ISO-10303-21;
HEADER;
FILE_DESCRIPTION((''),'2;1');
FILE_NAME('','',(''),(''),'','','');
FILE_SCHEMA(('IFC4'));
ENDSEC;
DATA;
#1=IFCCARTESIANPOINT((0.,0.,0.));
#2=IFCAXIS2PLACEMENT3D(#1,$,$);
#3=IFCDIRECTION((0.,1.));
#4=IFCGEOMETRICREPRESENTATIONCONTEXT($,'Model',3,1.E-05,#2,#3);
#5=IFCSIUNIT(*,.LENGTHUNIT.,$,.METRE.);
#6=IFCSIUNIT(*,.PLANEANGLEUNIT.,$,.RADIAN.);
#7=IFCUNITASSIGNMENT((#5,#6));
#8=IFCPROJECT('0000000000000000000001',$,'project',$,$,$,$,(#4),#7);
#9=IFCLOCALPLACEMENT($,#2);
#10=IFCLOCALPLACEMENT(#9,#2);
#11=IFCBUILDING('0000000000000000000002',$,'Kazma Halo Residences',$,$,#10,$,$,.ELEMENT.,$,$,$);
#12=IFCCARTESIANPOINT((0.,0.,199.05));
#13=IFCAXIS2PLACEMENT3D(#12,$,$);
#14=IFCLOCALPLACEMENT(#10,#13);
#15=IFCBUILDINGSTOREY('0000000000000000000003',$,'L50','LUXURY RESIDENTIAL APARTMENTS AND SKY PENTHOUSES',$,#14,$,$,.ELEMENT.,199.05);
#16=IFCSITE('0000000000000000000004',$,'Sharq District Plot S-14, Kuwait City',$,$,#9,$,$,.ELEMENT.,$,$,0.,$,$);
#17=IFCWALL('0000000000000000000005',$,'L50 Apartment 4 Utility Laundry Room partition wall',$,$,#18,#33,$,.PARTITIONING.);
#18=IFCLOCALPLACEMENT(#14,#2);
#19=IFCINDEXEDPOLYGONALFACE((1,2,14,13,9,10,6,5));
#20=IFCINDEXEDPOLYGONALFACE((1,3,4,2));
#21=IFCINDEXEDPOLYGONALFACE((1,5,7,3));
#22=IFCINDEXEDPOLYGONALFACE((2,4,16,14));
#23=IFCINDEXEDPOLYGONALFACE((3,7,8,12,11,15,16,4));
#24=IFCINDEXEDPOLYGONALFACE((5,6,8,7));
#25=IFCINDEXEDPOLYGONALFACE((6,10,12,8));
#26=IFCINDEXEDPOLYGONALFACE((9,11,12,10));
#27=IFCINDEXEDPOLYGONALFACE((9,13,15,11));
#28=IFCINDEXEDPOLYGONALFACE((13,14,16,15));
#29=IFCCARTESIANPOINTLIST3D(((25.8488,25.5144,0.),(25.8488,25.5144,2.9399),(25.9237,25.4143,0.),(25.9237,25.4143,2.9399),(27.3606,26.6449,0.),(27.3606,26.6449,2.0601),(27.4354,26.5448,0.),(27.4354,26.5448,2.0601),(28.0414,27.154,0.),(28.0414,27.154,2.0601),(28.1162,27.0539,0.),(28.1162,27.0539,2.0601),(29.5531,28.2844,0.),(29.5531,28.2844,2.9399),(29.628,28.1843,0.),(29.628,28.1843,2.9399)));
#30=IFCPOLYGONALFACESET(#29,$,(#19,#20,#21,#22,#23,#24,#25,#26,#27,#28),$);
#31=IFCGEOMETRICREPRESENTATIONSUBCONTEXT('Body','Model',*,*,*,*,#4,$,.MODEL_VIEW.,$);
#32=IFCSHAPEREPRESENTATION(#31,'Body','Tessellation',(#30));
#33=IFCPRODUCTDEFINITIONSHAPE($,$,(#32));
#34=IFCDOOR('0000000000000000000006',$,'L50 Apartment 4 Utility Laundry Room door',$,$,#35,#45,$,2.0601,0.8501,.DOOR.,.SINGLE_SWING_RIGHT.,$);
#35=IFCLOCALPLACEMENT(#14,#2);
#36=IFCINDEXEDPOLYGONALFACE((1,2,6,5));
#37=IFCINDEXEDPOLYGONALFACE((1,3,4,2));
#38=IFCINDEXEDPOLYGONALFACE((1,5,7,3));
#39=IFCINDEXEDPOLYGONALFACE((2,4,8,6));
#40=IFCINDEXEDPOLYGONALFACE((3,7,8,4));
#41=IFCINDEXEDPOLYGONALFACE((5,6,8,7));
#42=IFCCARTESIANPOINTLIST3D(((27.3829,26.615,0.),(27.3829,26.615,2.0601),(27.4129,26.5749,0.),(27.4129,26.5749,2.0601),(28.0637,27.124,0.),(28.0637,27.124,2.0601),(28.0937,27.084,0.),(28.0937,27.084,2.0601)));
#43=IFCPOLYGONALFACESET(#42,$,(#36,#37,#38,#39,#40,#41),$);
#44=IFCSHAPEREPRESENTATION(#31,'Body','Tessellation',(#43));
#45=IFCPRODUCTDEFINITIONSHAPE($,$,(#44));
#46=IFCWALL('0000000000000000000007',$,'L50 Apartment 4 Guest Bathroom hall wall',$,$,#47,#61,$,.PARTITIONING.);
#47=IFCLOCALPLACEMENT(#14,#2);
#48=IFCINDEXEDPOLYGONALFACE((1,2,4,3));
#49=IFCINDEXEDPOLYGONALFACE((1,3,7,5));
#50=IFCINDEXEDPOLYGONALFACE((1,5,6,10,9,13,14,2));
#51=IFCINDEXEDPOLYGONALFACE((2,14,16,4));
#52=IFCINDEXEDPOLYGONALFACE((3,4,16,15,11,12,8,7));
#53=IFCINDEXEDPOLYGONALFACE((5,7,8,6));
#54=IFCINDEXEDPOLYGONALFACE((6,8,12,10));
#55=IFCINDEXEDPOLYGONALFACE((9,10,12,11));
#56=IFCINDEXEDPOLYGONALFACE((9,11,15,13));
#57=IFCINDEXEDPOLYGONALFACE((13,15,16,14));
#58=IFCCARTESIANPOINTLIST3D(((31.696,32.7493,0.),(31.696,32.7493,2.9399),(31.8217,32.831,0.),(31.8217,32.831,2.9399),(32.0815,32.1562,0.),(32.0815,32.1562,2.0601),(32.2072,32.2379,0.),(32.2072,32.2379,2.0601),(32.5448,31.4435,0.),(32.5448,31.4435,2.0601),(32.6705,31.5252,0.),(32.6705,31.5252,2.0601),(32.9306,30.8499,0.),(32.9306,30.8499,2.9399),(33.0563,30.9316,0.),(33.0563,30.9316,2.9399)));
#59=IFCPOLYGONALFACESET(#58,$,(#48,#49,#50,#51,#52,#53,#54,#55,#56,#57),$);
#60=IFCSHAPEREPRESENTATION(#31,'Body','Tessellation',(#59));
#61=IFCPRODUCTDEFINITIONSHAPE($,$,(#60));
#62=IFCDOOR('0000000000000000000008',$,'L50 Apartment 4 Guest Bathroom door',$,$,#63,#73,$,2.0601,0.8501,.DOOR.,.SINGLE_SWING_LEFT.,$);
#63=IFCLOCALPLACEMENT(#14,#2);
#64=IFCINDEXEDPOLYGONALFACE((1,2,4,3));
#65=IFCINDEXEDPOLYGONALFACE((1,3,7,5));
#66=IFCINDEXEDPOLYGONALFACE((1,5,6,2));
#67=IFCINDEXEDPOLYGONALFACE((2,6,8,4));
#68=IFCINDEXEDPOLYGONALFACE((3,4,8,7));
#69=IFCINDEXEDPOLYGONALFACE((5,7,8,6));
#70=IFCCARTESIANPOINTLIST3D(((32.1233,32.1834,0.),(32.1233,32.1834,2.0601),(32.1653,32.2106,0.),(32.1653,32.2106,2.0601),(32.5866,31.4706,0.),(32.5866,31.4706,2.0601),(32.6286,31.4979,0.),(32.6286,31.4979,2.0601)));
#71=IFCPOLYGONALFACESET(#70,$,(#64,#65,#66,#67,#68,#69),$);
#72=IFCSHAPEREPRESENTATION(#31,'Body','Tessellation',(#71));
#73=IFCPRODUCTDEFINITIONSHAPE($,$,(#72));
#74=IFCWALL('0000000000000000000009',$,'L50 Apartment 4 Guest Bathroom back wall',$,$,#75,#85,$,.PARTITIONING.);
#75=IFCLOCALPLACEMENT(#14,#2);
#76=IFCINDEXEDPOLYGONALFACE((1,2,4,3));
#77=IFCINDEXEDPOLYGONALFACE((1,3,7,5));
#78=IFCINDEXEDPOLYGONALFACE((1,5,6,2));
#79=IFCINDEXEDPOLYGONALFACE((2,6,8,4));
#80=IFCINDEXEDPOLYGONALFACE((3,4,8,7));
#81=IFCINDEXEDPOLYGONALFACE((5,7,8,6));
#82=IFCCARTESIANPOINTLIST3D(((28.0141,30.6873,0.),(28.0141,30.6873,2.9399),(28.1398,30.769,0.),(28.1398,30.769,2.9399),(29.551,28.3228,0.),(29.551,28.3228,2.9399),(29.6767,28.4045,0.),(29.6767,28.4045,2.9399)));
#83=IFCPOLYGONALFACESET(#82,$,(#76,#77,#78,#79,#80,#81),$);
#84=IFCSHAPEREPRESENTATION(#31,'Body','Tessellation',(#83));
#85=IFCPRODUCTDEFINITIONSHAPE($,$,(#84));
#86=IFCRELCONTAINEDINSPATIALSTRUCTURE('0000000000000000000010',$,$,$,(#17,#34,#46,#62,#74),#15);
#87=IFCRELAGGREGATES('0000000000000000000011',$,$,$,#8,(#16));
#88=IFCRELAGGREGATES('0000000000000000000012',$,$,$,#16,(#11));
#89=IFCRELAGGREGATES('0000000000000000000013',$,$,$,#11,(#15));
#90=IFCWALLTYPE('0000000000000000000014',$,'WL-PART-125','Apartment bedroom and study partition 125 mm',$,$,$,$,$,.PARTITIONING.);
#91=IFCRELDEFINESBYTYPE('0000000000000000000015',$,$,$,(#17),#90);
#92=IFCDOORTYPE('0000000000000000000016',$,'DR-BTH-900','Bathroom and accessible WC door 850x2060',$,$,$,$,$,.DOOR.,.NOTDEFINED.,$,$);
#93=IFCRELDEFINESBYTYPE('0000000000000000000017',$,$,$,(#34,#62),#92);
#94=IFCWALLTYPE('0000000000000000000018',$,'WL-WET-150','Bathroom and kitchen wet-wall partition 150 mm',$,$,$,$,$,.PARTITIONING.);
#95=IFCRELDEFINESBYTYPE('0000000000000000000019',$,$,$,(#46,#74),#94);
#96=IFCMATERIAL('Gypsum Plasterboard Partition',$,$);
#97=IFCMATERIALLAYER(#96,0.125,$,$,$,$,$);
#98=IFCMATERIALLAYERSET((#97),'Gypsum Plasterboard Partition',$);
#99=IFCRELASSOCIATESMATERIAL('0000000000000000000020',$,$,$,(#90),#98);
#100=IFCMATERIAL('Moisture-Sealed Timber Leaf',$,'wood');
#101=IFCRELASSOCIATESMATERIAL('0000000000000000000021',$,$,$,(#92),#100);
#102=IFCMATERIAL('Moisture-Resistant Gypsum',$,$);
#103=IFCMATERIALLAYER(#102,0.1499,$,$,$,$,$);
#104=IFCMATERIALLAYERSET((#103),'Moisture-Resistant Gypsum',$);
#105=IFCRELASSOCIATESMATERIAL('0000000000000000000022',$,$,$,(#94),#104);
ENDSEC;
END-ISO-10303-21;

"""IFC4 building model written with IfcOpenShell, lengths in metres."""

from ifc_helpers import new_model, si_unit, direction, frame, frame_2d, origin, place, context, subcontext, project, spatial, rectangle, extrude, material, layer, layer_set, type_object, element, fill, save


model = new_model("IFC4")

# Units and contexts
model_context = context("Model", 3, precision=1e-05, world=origin(), true_north=direction((0.0, 1.0)))
body_context = subcontext(model_context, "Body", "Model", "MODEL_VIEW")
ifc_project = project(units=[si_unit("LENGTHUNIT", "METRE"), si_unit("PLANEANGLEUNIT", "RADIAN")], contexts=[model_context])

# Site, building, storey
site_placement = place(None, origin())
site = spatial("IfcSite", under=ifc_project, at=site_placement, Name="Sharq District Plot S-14, Kuwait City", CompositionType="ELEMENT", RefElevation=0.0)
building_placement = place(site_placement, origin())
building = spatial("IfcBuilding", under=site, at=building_placement, Name="Kazma Halo Residences", CompositionType="ELEMENT")
storey_placement = place(building_placement, frame((0.0, 0.0, 199.05)))
storey = spatial("IfcBuildingStorey", under=building, at=storey_placement, Name="L50", Description="LUXURY RESIDENTIAL APARTMENTS AND SKY PENTHOUSES", CompositionType="ELEMENT", Elevation=199.05)

# Shared definitions
ifc_material_1 = material(Name="Gypsum Plasterboard Partition")
ifc_layer_1 = layer(ifc_material_1, 0.125)
ifc_layer_set_1 = layer_set([ifc_layer_1], Name="Gypsum Plasterboard Partition")
wall_type_1 = type_object("IfcWallType", Name="WL-PART-125", Description="Apartment bedroom and study partition 125 mm", PredefinedType="PARTITIONING", material=ifc_layer_set_1)

# Walls, openings, doors
wall_1_placement = place(storey_placement, frame((29.5906, 28.2344, 0.0), z_axis=(0.0, 0.0, 1.0), x_axis=(-0.800854, -0.598859, 0.0)))
wall_1 = element("IfcWall", 1, at=wall_1_placement, inside=storey, type_object=wall_type_1, Name="L50 Apartment 4 Utility Laundry Room partition wall", PredefinedType="PARTITIONING", context=body_context, shape_type="SweptSolid", body=[
    extrude(rectangle(XDim=4.6255, YDim=0.125, at=frame_2d((2.3127, 0.0))), origin(), (0.0, 0.0, 1.0), 2.9399),
])
opening_1_placement = place(wall_1_placement, frame((1.8877, 0.0, 0.0)))
opening_1 = element("IfcOpeningElement", 2, at=opening_1_placement, cuts=wall_1, PredefinedType="OPENING", context=body_context, shape_type="SweptSolid", body=[
    extrude(rectangle(XDim=0.8501, YDim=2.0601, at=frame_2d((0.425, 1.03))), frame((0.0, 0.0725, 0.0), z_axis=(0.0, -1.0, 0.0), x_axis=(1.0, 0.0, 0.0)), (0.0, 0.0, 1.0), 0.145),
])
ifc_material_2 = material(Name="Moisture-Sealed Timber Leaf", Category="wood")
door_type = type_object("IfcDoorType", Name="DR-BTH-900", Description="Bathroom and accessible WC door 850x2060", OperationType="NOTDEFINED", PredefinedType="DOOR", material=ifc_material_2)
door_1_placement = place(opening_1_placement, origin())
door_1 = element("IfcDoor", 3, at=door_1_placement, inside=storey, type_object=door_type, Name="L50 Apartment 4 Utility Laundry Room door", OperationType="SINGLE_SWING_RIGHT", OverallHeight=2.0601, OverallWidth=0.8501, PredefinedType="DOOR", context=body_context, shape_type="SweptSolid", body=[
    extrude(rectangle(XDim=0.8501, YDim=2.0601, at=frame_2d((0.425, 1.03))), frame((0.0, 0.0249, 0.0), z_axis=(0.0, -1.0, 0.0), x_axis=(1.0, 0.0, 0.0)), (0.0, 0.0, 1.0), 0.05),
])
fill(opening_1, door_1)
ifc_material_3 = material(Name="Moisture-Resistant Gypsum")
ifc_layer_2 = layer(ifc_material_3, 0.1499)
ifc_layer_set_2 = layer_set([ifc_layer_2], Name="Moisture-Resistant Gypsum")
wall_type_2 = type_object("IfcWallType", Name="WL-WET-150", Description="Bathroom and kitchen wet-wall partition 150 mm", PredefinedType="PARTITIONING", material=ifc_layer_set_2)
wall_2_placement = place(storey_placement, frame((31.7588, 32.7903, 0.0), z_axis=(0.0, 0.0, 1.0), x_axis=(0.544988, -0.838444, 0.0)))
wall_2 = element("IfcWall", 4, at=wall_2_placement, inside=storey, type_object=wall_type_2, Name="L50 Apartment 4 Guest Bathroom hall wall", PredefinedType="PARTITIONING", context=body_context, shape_type="SweptSolid", body=[
    extrude(rectangle(XDim=2.2654, YDim=0.1499, at=frame_2d((1.1328, 0.0))), origin(), (0.0, 0.0, 1.0), 2.9399),
])
opening_2_placement = place(wall_2_placement, frame((0.7075, 0.0, 0.0)))
opening_2 = element("IfcOpeningElement", 5, at=opening_2_placement, cuts=wall_2, PredefinedType="OPENING", context=body_context, shape_type="SweptSolid", body=[
    extrude(rectangle(XDim=0.8501, YDim=2.0601, at=frame_2d((0.425, 1.03))), frame((0.0, 0.085, 0.0), z_axis=(0.0, -1.0, 0.0), x_axis=(1.0, 0.0, 0.0)), (0.0, 0.0, 1.0), 0.1699),
])
door_2_placement = place(opening_2_placement, origin())
door_2 = element("IfcDoor", 6, at=door_2_placement, inside=storey, type_object=door_type, Name="L50 Apartment 4 Guest Bathroom door", OperationType="SINGLE_SWING_LEFT", OverallHeight=2.0601, OverallWidth=0.8501, PredefinedType="DOOR", context=body_context, shape_type="SweptSolid", body=[
    extrude(rectangle(XDim=0.8501, YDim=2.0601, at=frame_2d((0.425, 1.03))), frame((0.0, 0.0249, 0.0), z_axis=(0.0, -1.0, 0.0), x_axis=(1.0, 0.0, 0.0)), (0.0, 0.0, 1.0), 0.05),
])
fill(opening_2, door_2)

# Wall
wall_3_placement = place(storey_placement, frame((28.0769, 30.7283, 0.0), z_axis=(0.0, 0.0, 1.0), x_axis=(0.544973, -0.838454, 0.0)))
element("IfcWall", 7, at=wall_3_placement, inside=storey, type_object=wall_type_2, Name="L50 Apartment 4 Guest Bathroom back wall", PredefinedType="PARTITIONING", context=body_context, shape_type="SweptSolid", body=[
    extrude(rectangle(XDim=2.8201, YDim=0.1499, at=frame_2d((1.4102, 0.0))), origin(), (0.0, 0.0, 1.0), 2.9399),
])

save(model, "model.ifc")
